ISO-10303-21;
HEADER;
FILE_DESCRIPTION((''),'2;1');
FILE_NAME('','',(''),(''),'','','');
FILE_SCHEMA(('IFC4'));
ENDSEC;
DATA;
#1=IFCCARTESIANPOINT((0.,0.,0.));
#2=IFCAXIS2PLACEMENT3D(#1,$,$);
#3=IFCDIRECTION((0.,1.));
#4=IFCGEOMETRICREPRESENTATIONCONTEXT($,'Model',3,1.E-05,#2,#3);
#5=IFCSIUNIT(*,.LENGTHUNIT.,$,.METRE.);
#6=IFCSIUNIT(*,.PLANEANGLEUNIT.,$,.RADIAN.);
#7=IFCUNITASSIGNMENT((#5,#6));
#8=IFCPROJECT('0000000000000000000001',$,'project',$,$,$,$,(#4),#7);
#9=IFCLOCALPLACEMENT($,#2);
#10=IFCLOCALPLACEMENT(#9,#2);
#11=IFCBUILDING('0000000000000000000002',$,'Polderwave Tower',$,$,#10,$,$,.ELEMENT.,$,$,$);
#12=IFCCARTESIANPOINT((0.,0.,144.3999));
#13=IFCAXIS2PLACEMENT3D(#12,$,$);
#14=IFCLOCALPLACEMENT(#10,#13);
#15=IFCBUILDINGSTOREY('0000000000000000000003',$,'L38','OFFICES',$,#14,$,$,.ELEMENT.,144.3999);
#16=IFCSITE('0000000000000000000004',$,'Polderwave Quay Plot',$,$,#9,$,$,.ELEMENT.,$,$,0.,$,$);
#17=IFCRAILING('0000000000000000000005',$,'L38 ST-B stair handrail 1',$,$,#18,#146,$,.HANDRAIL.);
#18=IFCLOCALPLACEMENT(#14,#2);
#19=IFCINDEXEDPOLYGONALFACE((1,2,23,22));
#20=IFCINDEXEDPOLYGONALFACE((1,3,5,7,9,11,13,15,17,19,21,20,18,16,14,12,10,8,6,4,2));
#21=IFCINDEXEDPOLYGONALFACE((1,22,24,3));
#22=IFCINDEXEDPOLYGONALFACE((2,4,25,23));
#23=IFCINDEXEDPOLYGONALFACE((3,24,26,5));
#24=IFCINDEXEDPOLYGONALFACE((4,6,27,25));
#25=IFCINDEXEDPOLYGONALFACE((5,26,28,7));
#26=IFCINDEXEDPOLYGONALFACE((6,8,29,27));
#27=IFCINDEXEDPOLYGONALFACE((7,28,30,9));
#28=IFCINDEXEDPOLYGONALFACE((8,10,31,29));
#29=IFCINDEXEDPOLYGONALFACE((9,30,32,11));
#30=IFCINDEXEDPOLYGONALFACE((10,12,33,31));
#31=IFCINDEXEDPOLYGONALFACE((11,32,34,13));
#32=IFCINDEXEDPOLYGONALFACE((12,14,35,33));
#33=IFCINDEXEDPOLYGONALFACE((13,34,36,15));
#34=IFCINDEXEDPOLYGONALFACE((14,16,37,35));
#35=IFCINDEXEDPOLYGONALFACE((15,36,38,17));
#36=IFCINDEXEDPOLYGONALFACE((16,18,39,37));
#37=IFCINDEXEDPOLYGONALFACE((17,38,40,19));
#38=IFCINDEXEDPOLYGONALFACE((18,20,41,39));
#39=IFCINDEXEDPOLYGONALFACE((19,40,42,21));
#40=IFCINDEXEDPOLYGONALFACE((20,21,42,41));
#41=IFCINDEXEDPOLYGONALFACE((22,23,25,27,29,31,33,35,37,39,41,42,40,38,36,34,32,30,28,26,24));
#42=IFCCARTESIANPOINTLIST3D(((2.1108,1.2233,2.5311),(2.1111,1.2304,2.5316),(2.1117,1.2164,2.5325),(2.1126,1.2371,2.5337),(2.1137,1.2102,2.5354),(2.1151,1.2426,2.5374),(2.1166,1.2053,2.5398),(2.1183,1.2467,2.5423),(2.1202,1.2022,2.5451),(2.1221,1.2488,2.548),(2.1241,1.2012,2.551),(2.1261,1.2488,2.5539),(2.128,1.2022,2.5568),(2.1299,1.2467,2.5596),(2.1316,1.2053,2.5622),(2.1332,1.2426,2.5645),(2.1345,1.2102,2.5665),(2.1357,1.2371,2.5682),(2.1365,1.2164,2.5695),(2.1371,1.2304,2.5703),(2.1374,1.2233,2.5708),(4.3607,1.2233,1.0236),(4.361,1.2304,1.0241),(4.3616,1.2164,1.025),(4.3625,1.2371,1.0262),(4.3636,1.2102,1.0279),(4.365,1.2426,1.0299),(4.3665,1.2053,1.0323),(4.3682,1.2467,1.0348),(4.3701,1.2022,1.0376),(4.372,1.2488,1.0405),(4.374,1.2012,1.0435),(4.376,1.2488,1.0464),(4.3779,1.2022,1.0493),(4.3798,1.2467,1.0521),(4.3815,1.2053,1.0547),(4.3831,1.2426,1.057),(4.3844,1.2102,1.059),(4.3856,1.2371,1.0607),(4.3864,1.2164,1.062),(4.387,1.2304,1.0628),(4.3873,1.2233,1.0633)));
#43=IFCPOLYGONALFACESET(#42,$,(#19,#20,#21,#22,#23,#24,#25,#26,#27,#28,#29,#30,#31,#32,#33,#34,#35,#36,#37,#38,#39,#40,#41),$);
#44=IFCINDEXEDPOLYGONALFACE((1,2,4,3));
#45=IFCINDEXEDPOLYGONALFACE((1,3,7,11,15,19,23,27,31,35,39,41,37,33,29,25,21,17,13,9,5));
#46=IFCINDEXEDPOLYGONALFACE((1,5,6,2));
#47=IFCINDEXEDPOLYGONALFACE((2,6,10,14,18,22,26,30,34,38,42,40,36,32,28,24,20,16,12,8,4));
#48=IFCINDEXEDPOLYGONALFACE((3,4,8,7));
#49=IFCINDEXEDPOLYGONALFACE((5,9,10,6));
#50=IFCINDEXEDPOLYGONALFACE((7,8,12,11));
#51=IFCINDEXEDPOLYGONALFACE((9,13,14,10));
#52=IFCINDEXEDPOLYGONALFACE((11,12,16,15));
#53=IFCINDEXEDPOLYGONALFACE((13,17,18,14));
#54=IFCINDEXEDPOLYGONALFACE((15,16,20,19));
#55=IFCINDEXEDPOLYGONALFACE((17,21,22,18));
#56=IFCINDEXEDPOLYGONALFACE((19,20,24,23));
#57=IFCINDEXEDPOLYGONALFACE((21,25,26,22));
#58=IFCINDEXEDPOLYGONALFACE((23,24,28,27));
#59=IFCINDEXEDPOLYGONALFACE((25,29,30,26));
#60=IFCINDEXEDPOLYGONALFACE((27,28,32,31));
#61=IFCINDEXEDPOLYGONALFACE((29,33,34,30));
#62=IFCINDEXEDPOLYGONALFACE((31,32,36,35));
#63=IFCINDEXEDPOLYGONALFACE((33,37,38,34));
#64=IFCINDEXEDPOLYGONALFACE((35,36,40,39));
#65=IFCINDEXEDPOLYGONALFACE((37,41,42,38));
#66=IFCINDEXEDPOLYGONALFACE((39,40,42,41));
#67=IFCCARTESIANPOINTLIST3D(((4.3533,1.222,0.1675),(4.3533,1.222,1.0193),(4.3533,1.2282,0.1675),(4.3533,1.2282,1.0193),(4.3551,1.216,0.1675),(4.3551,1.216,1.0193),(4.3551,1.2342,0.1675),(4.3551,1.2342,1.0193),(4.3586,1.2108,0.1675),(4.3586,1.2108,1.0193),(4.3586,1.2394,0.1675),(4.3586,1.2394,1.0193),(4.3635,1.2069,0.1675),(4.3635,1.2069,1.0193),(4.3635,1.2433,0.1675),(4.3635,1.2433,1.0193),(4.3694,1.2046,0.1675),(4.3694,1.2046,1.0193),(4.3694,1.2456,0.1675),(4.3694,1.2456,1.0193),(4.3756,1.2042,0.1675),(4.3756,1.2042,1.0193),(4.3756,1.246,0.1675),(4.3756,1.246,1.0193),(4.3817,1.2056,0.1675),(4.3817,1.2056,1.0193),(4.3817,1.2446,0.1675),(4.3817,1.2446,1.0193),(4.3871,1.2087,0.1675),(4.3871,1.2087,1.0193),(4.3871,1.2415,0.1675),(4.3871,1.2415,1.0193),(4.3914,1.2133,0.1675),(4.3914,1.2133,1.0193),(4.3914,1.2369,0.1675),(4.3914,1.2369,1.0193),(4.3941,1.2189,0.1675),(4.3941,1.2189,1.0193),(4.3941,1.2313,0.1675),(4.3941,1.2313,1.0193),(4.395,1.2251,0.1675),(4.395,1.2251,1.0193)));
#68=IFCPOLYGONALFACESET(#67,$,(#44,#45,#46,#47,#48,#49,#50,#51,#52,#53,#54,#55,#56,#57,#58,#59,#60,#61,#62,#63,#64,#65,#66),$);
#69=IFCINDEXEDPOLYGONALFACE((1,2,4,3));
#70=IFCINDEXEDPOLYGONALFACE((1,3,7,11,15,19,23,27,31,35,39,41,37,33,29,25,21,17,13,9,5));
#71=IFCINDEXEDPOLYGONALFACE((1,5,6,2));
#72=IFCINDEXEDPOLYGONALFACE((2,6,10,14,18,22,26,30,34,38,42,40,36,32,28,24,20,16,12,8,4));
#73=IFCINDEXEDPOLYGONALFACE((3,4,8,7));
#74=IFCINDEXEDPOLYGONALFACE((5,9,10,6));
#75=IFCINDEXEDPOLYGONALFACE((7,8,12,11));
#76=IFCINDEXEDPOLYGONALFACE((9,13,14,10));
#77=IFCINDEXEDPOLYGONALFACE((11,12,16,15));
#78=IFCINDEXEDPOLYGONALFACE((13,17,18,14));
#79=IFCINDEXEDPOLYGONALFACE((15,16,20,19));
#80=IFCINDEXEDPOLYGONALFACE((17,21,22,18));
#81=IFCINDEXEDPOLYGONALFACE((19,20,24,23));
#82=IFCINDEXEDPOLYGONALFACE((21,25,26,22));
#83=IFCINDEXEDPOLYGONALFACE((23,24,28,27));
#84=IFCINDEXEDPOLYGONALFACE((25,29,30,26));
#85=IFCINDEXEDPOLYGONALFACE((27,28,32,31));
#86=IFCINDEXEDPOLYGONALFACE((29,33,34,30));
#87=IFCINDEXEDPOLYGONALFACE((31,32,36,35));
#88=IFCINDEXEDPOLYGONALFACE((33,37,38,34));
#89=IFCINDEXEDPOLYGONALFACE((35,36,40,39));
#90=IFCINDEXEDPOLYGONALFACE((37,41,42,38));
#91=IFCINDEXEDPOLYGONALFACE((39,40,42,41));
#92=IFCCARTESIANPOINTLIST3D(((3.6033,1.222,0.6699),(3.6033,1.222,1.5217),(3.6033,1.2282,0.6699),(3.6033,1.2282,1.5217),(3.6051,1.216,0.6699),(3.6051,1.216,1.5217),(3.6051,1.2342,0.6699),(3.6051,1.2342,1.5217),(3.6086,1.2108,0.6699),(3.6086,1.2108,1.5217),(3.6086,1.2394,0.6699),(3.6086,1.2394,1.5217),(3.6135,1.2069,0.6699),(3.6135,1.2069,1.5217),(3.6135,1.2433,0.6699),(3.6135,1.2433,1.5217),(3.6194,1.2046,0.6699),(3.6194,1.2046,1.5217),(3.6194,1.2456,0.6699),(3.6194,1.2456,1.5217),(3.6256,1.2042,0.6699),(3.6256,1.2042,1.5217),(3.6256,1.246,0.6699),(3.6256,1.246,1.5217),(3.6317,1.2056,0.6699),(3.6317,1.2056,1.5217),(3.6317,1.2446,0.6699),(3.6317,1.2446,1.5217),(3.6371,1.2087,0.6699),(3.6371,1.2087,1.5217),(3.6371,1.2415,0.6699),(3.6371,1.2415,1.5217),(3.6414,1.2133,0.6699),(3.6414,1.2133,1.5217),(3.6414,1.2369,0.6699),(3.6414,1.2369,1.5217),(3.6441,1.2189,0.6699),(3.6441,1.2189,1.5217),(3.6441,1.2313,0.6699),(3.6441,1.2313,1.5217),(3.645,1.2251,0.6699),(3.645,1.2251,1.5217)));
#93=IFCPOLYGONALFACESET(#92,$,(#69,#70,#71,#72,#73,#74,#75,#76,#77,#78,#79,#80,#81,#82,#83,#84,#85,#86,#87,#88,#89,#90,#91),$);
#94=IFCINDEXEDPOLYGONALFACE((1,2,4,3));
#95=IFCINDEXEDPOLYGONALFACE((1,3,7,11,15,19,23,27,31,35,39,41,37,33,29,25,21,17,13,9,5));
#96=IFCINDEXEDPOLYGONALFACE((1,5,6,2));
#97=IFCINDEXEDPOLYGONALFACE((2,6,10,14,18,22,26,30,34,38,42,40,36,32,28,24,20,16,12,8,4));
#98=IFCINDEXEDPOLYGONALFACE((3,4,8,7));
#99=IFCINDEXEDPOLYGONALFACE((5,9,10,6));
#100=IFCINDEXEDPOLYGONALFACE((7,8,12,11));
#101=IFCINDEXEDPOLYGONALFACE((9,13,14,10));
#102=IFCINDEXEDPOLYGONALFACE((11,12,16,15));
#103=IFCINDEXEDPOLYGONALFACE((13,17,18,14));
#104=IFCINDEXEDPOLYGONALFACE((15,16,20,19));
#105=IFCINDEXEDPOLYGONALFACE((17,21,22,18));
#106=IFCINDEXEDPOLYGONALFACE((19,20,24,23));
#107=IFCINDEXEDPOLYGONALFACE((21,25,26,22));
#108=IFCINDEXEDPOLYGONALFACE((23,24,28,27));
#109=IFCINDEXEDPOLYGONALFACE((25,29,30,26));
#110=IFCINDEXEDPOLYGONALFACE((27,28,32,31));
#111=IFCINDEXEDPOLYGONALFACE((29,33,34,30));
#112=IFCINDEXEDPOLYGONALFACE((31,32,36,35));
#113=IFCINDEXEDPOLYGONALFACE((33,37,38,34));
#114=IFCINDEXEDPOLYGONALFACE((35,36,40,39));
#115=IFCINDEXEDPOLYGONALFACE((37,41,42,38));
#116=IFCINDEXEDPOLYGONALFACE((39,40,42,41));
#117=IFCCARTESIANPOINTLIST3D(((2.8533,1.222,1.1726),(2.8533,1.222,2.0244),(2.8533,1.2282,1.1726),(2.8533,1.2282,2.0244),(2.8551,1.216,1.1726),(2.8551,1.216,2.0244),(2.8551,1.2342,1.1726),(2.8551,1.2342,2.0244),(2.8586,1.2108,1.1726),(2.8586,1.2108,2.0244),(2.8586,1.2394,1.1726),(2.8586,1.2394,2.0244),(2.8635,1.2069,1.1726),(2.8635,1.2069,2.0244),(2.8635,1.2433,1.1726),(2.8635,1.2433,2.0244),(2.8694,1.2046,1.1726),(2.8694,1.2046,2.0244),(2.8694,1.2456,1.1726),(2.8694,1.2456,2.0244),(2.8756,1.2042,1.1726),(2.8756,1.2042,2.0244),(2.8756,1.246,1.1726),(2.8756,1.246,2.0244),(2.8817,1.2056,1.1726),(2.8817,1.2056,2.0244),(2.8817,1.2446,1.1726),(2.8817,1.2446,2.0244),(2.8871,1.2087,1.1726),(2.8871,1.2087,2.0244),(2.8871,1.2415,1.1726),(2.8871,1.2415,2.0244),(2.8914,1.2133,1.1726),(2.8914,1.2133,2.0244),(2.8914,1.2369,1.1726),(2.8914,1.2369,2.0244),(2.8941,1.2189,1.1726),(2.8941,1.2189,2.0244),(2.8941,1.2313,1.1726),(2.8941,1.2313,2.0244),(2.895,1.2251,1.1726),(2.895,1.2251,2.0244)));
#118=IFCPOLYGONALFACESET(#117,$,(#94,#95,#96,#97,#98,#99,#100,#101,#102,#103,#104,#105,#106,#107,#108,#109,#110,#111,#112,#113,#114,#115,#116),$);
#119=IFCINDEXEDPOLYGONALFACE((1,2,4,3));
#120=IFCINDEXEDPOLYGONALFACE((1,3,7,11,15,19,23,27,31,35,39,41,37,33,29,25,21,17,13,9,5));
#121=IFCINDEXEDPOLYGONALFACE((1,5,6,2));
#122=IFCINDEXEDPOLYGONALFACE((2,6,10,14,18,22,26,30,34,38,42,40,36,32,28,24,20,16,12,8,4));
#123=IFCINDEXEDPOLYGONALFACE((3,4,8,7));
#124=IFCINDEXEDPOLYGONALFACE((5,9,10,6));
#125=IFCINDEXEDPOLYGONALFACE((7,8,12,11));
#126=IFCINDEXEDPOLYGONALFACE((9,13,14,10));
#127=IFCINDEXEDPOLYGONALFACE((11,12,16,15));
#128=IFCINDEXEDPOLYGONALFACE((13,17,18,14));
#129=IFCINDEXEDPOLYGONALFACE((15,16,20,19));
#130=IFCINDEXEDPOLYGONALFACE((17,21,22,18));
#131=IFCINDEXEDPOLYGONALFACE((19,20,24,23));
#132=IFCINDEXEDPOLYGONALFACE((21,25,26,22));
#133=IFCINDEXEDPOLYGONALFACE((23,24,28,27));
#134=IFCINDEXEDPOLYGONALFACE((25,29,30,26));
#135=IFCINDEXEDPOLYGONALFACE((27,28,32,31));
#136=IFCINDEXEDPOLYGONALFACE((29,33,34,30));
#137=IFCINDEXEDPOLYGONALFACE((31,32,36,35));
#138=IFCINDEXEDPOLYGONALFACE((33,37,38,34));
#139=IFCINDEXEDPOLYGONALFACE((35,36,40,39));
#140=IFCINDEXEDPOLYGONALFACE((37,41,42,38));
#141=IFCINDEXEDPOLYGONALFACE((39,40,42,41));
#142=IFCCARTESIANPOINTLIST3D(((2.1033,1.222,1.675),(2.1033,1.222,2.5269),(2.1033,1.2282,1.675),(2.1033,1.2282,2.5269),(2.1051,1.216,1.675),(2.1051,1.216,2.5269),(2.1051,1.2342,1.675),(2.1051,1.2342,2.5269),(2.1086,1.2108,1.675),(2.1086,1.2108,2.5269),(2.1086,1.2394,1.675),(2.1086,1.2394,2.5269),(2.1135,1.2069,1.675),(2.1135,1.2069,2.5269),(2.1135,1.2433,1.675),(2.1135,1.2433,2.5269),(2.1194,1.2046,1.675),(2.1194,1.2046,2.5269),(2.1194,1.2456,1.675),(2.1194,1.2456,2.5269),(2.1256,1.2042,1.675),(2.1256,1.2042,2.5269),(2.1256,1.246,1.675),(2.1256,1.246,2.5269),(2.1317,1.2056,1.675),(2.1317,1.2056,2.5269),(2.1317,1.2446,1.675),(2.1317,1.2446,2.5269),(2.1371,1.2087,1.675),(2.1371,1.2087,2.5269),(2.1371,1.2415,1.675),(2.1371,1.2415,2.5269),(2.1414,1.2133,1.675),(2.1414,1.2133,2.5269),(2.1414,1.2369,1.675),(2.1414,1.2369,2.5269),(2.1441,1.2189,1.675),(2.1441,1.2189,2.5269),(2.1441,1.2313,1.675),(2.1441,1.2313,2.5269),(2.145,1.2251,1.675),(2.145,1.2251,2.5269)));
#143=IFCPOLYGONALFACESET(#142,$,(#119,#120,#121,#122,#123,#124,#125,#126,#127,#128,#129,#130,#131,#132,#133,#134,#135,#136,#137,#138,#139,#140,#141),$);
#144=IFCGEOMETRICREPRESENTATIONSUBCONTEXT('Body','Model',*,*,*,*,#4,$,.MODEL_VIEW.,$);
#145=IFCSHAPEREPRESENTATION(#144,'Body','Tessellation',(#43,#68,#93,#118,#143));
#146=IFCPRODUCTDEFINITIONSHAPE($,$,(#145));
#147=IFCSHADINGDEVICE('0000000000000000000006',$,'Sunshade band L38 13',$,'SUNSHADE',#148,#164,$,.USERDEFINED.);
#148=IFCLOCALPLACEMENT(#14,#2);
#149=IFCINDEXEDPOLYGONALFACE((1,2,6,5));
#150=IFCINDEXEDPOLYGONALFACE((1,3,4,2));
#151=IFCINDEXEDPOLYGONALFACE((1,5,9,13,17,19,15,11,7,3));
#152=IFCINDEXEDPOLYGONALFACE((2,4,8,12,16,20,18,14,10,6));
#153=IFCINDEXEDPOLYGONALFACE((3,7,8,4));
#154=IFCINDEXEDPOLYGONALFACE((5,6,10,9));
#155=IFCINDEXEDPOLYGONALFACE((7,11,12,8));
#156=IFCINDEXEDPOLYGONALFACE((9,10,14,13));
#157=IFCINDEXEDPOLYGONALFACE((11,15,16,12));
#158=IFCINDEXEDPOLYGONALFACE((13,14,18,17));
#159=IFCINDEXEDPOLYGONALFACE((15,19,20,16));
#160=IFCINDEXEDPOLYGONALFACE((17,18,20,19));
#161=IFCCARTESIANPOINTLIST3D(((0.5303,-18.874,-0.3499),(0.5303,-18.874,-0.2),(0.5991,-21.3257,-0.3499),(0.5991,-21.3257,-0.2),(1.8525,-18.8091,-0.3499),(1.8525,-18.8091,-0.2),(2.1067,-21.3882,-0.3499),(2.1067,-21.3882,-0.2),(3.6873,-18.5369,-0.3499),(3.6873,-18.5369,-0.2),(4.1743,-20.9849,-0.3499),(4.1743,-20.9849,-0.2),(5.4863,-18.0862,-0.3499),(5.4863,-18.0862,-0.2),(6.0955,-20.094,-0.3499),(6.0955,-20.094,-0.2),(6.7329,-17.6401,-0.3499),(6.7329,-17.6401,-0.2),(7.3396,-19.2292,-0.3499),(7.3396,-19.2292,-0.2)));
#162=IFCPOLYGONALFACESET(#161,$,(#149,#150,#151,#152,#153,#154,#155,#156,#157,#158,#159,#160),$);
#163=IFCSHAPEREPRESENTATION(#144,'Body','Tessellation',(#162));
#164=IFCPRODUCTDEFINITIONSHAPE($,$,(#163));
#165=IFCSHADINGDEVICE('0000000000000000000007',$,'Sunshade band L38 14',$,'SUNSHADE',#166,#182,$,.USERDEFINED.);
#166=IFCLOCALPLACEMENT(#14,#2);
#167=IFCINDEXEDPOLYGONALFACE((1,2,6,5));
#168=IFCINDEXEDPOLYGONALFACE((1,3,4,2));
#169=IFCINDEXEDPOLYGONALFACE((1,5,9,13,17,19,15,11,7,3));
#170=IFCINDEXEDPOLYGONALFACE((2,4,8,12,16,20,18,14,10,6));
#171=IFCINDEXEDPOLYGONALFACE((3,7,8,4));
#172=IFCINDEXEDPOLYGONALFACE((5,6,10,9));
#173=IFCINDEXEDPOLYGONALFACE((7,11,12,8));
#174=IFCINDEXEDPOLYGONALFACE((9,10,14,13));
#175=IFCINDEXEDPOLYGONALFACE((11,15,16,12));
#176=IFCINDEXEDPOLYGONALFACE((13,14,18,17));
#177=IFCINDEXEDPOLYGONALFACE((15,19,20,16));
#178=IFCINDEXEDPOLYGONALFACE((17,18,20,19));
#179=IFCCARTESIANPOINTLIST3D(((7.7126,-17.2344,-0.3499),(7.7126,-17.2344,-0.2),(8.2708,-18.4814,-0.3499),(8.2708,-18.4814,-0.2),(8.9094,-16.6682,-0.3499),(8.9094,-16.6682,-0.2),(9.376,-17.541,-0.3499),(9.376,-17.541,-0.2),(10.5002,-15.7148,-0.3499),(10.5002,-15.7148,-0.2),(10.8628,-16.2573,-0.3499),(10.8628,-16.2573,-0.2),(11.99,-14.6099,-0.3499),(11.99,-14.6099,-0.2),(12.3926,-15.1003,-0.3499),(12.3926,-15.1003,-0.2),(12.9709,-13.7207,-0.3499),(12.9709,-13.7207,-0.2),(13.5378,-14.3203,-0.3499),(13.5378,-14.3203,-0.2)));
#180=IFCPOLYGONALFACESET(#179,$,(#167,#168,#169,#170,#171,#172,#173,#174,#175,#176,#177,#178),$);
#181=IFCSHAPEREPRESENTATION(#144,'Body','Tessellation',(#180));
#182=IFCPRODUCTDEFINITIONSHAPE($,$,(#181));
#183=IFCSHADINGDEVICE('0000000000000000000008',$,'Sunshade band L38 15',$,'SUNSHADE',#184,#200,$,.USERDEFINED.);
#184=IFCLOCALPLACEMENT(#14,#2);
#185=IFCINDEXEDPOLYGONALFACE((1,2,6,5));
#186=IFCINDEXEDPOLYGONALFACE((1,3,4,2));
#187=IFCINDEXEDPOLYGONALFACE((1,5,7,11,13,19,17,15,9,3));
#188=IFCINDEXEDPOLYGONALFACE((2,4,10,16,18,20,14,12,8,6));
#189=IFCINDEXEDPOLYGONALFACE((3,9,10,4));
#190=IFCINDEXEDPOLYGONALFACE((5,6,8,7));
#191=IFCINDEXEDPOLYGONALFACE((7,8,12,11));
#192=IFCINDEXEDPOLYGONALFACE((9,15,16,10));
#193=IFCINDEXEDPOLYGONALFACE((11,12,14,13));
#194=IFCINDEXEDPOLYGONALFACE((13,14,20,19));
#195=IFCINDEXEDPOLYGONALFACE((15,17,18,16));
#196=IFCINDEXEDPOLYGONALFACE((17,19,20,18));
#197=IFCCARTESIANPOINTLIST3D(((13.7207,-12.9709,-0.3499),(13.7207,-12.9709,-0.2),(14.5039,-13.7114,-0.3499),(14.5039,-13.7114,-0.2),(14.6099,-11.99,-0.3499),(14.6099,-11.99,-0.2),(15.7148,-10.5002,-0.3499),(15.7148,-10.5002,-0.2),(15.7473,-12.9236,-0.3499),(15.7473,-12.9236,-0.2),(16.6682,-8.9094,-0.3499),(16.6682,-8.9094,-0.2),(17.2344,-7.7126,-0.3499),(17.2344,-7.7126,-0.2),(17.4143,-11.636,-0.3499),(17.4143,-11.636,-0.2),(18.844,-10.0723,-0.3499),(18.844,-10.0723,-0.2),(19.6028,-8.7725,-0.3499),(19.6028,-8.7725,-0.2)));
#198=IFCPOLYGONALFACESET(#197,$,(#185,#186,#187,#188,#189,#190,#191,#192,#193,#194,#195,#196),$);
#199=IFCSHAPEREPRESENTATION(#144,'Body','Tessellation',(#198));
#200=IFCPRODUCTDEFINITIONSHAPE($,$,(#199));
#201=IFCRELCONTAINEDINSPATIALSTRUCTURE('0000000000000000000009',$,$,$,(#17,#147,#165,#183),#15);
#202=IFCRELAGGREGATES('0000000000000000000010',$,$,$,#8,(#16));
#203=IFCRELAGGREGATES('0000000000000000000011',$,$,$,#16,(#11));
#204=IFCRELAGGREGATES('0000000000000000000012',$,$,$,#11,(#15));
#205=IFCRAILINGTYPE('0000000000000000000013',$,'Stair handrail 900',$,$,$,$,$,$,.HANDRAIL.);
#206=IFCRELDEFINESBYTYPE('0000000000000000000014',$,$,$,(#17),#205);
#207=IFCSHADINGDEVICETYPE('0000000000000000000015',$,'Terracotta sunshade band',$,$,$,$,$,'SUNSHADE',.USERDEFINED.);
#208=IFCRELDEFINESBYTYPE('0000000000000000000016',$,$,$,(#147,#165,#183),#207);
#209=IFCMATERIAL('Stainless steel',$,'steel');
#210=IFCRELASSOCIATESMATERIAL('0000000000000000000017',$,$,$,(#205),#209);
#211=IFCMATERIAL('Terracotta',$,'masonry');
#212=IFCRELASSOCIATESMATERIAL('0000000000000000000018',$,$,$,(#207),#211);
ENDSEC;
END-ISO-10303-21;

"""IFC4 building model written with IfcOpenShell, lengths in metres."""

from ifc_helpers import new_model, si_unit, direction, frame, origin, origin_2d, place, context, subcontext, project, spatial, polyline, circle, outline, extrude, material, type_object, element, save


model = new_model("IFC4")

# Units and contexts
model_context = context("Model", 3, precision=1e-05, world=origin(), true_north=direction((0.0, 1.0)))
body_context = subcontext(model_context, "Body", "Model", "MODEL_VIEW")
ifc_project = project(units=[si_unit("LENGTHUNIT", "METRE"), si_unit("PLANEANGLEUNIT", "RADIAN")], contexts=[model_context])

# Site, building, storey
site_placement = place(None, origin())
site = spatial("IfcSite", under=ifc_project, at=site_placement, Name="Polderwave Quay Plot", CompositionType="ELEMENT", RefElevation=0.0)
building_placement = place(site_placement, origin())
building = spatial("IfcBuilding", under=site, at=building_placement, Name="Polderwave Tower", CompositionType="ELEMENT")
storey_placement = place(building_placement, frame((0.0, 0.0, 144.3999)))
storey = spatial("IfcBuildingStorey", under=building, at=storey_placement, Name="L38", Description="OFFICES", CompositionType="ELEMENT", Elevation=144.3999)

# Shared definitions
ifc_material_1 = material(Name="Stainless steel", Category="steel")

# Railing
railing_type_1 = type_object("IfcRailingType", Name="Stair handrail 900", PredefinedType="HANDRAIL", material=ifc_material_1)
railing_1_placement = place(storey_placement, frame((4.374, 1.2251, 0.1675)))
element("IfcRailing", 1, at=railing_1_placement, inside=storey, type_object=railing_type_1, Name="L38 ST-B stair handrail 1", PredefinedType="HANDRAIL", context=body_context, shape_type="SweptSolid", body=[
    extrude(circle(Radius=0.0239, at=origin_2d()), frame((0.0, 0.0, 0.876), z_axis=(-0.830758, 0.0, 0.556633), x_axis=(0.0, -1.0, 0.0)), (0.0, 0.0, 1.0), 2.7083),
    extrude(circle(Radius=0.021, at=origin_2d()), origin(), (0.0, 0.0, 1.0), 0.8518),
    extrude(circle(Radius=0.021, at=origin_2d()), frame((-0.75, 0.0, 0.5024)), (0.0, 0.0, 1.0), 0.8518),
    extrude(circle(Radius=0.021, at=origin_2d()), frame((-1.5, 0.0, 1.0051)), (0.0, 0.0, 1.0), 0.8518),
    extrude(circle(Radius=0.021, at=origin_2d()), frame((-2.25, 0.0, 1.5076)), (0.0, 0.0, 1.0), 0.8518),
])

# Shading devices
ifc_material_2 = material(Name="Terracotta", Category="masonry")
shading_device_type = type_object("IfcShadingDeviceType", Name="Terracotta sunshade band", ElementType="SUNSHADE", PredefinedType="USERDEFINED", material=ifc_material_2)
shading_device_1_placement = place(storey_placement, frame((0.0, 0.0, -0.3499)))
element("IfcShadingDevice", 2, at=shading_device_1_placement, inside=storey, type_object=shading_device_type, Name="Sunshade band L38 13", ObjectType="SUNSHADE", PredefinedType="USERDEFINED", context=body_context, shape_type="SweptSolid", body=[
    extrude(outline(polyline([(0.5303, -18.874), (1.8525, -18.8091), (3.6873, -18.5369), (5.4863, -18.0862), (6.7329, -17.6401), (7.3396, -19.2292), (6.0955, -20.094), (4.1743, -20.9849), (2.1067, -21.3882), (0.5991, -21.3257), (0.5303, -18.874)])), origin(), (0.0, 0.0, 1.0), 0.1499),
])
shading_device_2_placement = place(storey_placement, frame((0.0, 0.0, -0.3499)))
element("IfcShadingDevice", 3, at=shading_device_2_placement, inside=storey, type_object=shading_device_type, Name="Sunshade band L38 14", ObjectType="SUNSHADE", PredefinedType="USERDEFINED", context=body_context, shape_type="SweptSolid", body=[
    extrude(outline(polyline([(7.7126, -17.2344), (8.9094, -16.6682), (10.5002, -15.7148), (11.99, -14.6099), (12.9709, -13.7207), (13.5378, -14.3203), (12.3926, -15.1003), (10.8628, -16.2573), (9.376, -17.541), (8.2708, -18.4814), (7.7126, -17.2344)])), origin(), (0.0, 0.0, 1.0), 0.1499),
])
shading_device_3_placement = place(storey_placement, frame((0.0, 0.0, -0.3499)))
element("IfcShadingDevice", 4, at=shading_device_3_placement, inside=storey, type_object=shading_device_type, Name="Sunshade band L38 15", ObjectType="SUNSHADE", PredefinedType="USERDEFINED", context=body_context, shape_type="SweptSolid", body=[
    extrude(outline(polyline([(13.7207, -12.9709), (14.6099, -11.99), (15.7148, -10.5002), (16.6682, -8.9094), (17.2344, -7.7126), (19.6028, -8.7725), (18.844, -10.0723), (17.4143, -11.636), (15.7473, -12.9236), (14.5039, -13.7114), (13.7207, -12.9709)])), origin(), (0.0, 0.0, 1.0), 0.1499),
])

save(model, "model.ifc")
